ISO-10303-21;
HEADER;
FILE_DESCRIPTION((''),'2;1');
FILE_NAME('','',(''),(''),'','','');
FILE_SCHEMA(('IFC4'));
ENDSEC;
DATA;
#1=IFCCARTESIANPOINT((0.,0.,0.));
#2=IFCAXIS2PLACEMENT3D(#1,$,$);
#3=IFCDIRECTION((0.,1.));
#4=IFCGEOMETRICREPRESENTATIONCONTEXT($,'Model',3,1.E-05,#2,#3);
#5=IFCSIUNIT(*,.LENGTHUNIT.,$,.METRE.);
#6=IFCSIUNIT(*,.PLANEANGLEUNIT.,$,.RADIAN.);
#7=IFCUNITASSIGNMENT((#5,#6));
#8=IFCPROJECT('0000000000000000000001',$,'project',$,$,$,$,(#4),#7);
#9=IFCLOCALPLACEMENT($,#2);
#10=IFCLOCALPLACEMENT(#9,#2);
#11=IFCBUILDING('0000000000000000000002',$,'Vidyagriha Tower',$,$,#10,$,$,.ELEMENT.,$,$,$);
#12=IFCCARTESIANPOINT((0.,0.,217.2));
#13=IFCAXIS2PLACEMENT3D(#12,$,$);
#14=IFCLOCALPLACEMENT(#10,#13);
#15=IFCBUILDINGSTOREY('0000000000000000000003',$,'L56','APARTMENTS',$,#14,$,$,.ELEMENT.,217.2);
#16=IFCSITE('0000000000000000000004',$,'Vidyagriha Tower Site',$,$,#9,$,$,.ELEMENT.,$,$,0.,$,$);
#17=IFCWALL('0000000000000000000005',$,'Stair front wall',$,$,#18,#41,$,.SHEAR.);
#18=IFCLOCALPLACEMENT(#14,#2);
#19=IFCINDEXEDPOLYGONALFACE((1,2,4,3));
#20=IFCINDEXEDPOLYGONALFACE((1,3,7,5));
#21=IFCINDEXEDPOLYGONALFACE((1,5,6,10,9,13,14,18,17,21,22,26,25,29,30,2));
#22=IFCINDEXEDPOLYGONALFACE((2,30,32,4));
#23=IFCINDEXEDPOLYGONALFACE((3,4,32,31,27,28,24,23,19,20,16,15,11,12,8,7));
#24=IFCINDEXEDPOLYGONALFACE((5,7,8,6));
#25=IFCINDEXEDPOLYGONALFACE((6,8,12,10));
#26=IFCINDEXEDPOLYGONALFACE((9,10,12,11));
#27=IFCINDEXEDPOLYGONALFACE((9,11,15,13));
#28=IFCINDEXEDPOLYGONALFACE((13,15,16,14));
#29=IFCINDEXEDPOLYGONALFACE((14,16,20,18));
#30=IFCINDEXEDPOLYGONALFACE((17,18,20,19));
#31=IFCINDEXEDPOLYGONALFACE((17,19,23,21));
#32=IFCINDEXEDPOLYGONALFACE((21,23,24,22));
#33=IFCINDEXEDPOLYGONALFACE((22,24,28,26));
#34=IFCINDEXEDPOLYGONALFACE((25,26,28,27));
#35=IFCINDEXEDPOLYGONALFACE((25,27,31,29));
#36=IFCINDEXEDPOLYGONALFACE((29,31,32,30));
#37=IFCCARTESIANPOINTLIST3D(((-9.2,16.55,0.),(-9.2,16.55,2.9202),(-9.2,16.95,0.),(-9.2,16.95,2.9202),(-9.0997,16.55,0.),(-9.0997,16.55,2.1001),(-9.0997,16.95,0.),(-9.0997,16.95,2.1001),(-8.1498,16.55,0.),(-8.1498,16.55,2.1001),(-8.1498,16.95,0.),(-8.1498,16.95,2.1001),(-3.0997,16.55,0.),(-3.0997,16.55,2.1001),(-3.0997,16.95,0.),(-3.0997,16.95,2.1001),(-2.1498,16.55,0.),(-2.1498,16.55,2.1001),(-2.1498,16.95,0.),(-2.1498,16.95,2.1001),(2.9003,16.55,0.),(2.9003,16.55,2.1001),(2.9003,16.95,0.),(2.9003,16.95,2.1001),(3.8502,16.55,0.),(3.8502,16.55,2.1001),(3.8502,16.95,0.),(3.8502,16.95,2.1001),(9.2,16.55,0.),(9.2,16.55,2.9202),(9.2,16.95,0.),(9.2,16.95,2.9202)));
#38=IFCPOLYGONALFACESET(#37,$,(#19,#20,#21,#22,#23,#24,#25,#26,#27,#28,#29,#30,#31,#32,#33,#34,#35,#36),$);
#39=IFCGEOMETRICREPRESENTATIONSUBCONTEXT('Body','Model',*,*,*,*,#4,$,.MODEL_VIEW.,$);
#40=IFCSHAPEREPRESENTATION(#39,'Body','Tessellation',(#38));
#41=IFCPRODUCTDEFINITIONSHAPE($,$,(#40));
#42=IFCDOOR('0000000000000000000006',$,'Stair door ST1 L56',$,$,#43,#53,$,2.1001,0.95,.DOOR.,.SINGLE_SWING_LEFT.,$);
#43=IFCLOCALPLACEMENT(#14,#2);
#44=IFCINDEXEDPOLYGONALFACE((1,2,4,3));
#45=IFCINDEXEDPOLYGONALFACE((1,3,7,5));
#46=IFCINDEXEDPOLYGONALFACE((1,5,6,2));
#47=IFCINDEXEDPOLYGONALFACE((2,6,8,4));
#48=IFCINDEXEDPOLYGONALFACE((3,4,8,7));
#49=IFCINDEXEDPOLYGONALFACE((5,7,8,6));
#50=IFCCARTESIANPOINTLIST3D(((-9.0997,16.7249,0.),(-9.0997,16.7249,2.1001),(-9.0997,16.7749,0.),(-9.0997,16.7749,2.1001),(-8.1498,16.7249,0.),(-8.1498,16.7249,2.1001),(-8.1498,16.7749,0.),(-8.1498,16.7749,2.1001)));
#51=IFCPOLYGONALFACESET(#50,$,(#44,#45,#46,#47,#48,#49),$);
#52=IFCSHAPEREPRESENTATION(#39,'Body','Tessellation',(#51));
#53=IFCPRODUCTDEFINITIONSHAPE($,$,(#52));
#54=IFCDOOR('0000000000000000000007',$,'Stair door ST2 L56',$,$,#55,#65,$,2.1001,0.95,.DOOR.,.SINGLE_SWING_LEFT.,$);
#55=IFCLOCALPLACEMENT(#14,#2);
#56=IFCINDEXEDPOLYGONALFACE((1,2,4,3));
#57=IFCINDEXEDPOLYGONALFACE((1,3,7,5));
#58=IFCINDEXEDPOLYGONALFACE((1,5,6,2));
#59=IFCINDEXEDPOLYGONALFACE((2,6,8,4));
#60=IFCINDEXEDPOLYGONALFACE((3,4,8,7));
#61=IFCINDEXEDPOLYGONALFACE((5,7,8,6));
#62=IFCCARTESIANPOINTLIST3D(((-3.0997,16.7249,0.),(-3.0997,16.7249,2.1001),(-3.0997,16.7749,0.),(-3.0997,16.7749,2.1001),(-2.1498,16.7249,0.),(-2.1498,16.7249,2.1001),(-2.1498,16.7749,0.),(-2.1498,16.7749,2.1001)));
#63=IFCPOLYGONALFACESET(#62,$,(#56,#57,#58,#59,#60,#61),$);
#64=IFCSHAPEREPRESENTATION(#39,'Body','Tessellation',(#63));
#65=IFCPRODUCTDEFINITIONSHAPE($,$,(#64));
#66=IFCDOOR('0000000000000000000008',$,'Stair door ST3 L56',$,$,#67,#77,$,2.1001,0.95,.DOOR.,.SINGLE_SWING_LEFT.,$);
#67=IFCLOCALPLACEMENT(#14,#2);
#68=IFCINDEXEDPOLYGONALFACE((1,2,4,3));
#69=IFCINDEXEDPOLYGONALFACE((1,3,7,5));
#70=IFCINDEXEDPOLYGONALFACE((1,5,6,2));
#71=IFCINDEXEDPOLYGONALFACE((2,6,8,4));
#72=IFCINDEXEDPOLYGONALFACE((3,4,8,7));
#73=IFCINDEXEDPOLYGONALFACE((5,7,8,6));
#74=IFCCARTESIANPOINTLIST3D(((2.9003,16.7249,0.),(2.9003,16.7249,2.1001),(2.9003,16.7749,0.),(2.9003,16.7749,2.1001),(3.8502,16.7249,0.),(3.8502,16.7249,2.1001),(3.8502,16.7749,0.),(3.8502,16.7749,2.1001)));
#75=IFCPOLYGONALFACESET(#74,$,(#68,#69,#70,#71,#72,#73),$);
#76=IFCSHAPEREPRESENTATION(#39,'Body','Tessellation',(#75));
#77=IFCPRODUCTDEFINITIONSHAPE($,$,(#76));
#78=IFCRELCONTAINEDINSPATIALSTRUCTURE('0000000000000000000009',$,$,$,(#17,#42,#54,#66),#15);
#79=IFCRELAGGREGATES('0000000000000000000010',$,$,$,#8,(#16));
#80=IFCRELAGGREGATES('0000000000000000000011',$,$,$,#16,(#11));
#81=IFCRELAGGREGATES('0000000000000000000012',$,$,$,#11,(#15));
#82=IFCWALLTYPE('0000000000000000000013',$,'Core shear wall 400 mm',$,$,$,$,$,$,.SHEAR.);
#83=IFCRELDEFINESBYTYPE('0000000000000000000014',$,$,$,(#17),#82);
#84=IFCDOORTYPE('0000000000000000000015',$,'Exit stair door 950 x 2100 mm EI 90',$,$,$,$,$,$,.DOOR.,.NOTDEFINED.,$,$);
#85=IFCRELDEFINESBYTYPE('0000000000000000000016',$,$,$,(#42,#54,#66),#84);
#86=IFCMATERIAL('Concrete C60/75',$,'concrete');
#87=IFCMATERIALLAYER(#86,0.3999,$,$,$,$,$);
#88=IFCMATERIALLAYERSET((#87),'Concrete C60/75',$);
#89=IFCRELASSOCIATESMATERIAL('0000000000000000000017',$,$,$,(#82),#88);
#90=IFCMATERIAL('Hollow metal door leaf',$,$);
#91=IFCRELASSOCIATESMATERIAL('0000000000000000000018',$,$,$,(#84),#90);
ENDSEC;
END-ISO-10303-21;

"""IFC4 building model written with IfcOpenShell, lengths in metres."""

from ifc_helpers import new_model, si_unit, direction, frame, frame_2d, origin, place, context, subcontext, project, spatial, rectangle, extrude, material, layer, layer_set, type_object, element, fill, save


model = new_model("IFC4")

# Units and contexts
model_context = context("Model", 3, precision=1e-05, world=origin(), true_north=direction((0.0, 1.0)))
body_context = subcontext(model_context, "Body", "Model", "MODEL_VIEW")
ifc_project = project(units=[si_unit("LENGTHUNIT", "METRE"), si_unit("PLANEANGLEUNIT", "RADIAN")], contexts=[model_context])

# Site, building, storey
site_placement = place(None, origin())
site = spatial("IfcSite", under=ifc_project, at=site_placement, Name="Vidyagriha Tower Site", CompositionType="ELEMENT", RefElevation=0.0)
building_placement = place(site_placement, origin())
building = spatial("IfcBuilding", under=site, at=building_placement, Name="Vidyagriha Tower", CompositionType="ELEMENT")
storey_placement = place(building_placement, frame((0.0, 0.0, 217.2)))
storey = spatial("IfcBuildingStorey", under=building, at=storey_placement, Name="L56", Description="APARTMENTS", CompositionType="ELEMENT", Elevation=217.2)

# Shared definitions
ifc_material_1 = material(Name="Concrete C60/75", Category="concrete")
ifc_layer_1 = layer(ifc_material_1, 0.3999)
ifc_layer_set_1 = layer_set([ifc_layer_1], Name="Concrete C60/75")
wall_type = type_object("IfcWallType", Name="Core shear wall 400 mm", PredefinedType="SHEAR", material=ifc_layer_set_1)

# Wall, openings, doors
wall_placement = place(storey_placement, frame((-9.2, 16.75, 0.0)))
wall = element("IfcWall", 1, at=wall_placement, inside=storey, type_object=wall_type, Name="Stair front wall", PredefinedType="SHEAR", context=body_context, shape_type="SweptSolid", body=[
    extrude(rectangle(XDim=18.3999, YDim=0.3999, at=frame_2d((9.2, 0.0))), origin(), (0.0, 0.0, 1.0), 2.9202),
])
opening_1_placement = place(wall_placement, frame((0.1001, 0.0, 0.0)))
opening_1 = element("IfcOpeningElement", 2, at=opening_1_placement, cuts=wall, PredefinedType="OPENING", context=body_context, shape_type="SweptSolid", body=[
    extrude(rectangle(XDim=0.95, YDim=2.1001, at=frame_2d((0.4751, 1.05))), frame((0.0, 0.21, 0.0), z_axis=(0.0, -1.0, 0.0), x_axis=(1.0, 0.0, 0.0)), (0.0, 0.0, 1.0), 0.4199),
])
opening_2_placement = place(wall_placement, frame((6.1001, 0.0, 0.0)))
opening_2 = element("IfcOpeningElement", 3, at=opening_2_placement, cuts=wall, PredefinedType="OPENING", context=body_context, shape_type="SweptSolid", body=[
    extrude(rectangle(XDim=0.95, YDim=2.1001, at=frame_2d((0.4751, 1.05))), frame((0.0, 0.21, 0.0), z_axis=(0.0, -1.0, 0.0), x_axis=(1.0, 0.0, 0.0)), (0.0, 0.0, 1.0), 0.4199),
])
opening_3_placement = place(wall_placement, frame((12.1001, 0.0, 0.0)))
opening_3 = element("IfcOpeningElement", 4, at=opening_3_placement, cuts=wall, PredefinedType="OPENING", context=body_context, shape_type="SweptSolid", body=[
    extrude(rectangle(XDim=0.95, YDim=2.1001, at=frame_2d((0.4751, 1.05))), frame((0.0, 0.21, 0.0), z_axis=(0.0, -1.0, 0.0), x_axis=(1.0, 0.0, 0.0)), (0.0, 0.0, 1.0), 0.4199),
])
ifc_material_2 = material(Name="Hollow metal door leaf")
door_type = type_object("IfcDoorType", Name="Exit stair door 950 x 2100 mm EI 90", OperationType="NOTDEFINED", PredefinedType="DOOR", material=ifc_material_2)
door_1_placement = place(opening_1_placement, origin())
door_1 = element("IfcDoor", 5, at=door_1_placement, inside=storey, type_object=door_type, Name="Stair door ST1 L56", OperationType="SINGLE_SWING_LEFT", OverallHeight=2.1001, OverallWidth=0.95, PredefinedType="DOOR", context=body_context, shape_type="SweptSolid", body=[
    extrude(rectangle(XDim=0.95, YDim=2.1001, at=frame_2d((0.4751, 1.05))), frame((0.0, 0.0249, 0.0), z_axis=(0.0, -1.0, 0.0), x_axis=(1.0, 0.0, 0.0)), (0.0, 0.0, 1.0), 0.05),
])
fill(opening_1, door_1)
door_2_placement = place(opening_2_placement, origin())
door_2 = element("IfcDoor", 6, at=door_2_placement, inside=storey, type_object=door_type, Name="Stair door ST2 L56", OperationType="SINGLE_SWING_LEFT", OverallHeight=2.1001, OverallWidth=0.95, PredefinedType="DOOR", context=body_context, shape_type="SweptSolid", body=[
    extrude(rectangle(XDim=0.95, YDim=2.1001, at=frame_2d((0.4751, 1.05))), frame((0.0, 0.0249, 0.0), z_axis=(0.0, -1.0, 0.0), x_axis=(1.0, 0.0, 0.0)), (0.0, 0.0, 1.0), 0.05),
])
fill(opening_2, door_2)
door_3_placement = place(opening_3_placement, origin())
door_3 = element("IfcDoor", 7, at=door_3_placement, inside=storey, type_object=door_type, Name="Stair door ST3 L56", OperationType="SINGLE_SWING_LEFT", OverallHeight=2.1001, OverallWidth=0.95, PredefinedType="DOOR", context=body_context, shape_type="SweptSolid", body=[
    extrude(rectangle(XDim=0.95, YDim=2.1001, at=frame_2d((0.4751, 1.05))), frame((0.0, 0.0249, 0.0), z_axis=(0.0, -1.0, 0.0), x_axis=(1.0, 0.0, 0.0)), (0.0, 0.0, 1.0), 0.05),
])
fill(opening_3, door_3)

save(model, "model.ifc")
